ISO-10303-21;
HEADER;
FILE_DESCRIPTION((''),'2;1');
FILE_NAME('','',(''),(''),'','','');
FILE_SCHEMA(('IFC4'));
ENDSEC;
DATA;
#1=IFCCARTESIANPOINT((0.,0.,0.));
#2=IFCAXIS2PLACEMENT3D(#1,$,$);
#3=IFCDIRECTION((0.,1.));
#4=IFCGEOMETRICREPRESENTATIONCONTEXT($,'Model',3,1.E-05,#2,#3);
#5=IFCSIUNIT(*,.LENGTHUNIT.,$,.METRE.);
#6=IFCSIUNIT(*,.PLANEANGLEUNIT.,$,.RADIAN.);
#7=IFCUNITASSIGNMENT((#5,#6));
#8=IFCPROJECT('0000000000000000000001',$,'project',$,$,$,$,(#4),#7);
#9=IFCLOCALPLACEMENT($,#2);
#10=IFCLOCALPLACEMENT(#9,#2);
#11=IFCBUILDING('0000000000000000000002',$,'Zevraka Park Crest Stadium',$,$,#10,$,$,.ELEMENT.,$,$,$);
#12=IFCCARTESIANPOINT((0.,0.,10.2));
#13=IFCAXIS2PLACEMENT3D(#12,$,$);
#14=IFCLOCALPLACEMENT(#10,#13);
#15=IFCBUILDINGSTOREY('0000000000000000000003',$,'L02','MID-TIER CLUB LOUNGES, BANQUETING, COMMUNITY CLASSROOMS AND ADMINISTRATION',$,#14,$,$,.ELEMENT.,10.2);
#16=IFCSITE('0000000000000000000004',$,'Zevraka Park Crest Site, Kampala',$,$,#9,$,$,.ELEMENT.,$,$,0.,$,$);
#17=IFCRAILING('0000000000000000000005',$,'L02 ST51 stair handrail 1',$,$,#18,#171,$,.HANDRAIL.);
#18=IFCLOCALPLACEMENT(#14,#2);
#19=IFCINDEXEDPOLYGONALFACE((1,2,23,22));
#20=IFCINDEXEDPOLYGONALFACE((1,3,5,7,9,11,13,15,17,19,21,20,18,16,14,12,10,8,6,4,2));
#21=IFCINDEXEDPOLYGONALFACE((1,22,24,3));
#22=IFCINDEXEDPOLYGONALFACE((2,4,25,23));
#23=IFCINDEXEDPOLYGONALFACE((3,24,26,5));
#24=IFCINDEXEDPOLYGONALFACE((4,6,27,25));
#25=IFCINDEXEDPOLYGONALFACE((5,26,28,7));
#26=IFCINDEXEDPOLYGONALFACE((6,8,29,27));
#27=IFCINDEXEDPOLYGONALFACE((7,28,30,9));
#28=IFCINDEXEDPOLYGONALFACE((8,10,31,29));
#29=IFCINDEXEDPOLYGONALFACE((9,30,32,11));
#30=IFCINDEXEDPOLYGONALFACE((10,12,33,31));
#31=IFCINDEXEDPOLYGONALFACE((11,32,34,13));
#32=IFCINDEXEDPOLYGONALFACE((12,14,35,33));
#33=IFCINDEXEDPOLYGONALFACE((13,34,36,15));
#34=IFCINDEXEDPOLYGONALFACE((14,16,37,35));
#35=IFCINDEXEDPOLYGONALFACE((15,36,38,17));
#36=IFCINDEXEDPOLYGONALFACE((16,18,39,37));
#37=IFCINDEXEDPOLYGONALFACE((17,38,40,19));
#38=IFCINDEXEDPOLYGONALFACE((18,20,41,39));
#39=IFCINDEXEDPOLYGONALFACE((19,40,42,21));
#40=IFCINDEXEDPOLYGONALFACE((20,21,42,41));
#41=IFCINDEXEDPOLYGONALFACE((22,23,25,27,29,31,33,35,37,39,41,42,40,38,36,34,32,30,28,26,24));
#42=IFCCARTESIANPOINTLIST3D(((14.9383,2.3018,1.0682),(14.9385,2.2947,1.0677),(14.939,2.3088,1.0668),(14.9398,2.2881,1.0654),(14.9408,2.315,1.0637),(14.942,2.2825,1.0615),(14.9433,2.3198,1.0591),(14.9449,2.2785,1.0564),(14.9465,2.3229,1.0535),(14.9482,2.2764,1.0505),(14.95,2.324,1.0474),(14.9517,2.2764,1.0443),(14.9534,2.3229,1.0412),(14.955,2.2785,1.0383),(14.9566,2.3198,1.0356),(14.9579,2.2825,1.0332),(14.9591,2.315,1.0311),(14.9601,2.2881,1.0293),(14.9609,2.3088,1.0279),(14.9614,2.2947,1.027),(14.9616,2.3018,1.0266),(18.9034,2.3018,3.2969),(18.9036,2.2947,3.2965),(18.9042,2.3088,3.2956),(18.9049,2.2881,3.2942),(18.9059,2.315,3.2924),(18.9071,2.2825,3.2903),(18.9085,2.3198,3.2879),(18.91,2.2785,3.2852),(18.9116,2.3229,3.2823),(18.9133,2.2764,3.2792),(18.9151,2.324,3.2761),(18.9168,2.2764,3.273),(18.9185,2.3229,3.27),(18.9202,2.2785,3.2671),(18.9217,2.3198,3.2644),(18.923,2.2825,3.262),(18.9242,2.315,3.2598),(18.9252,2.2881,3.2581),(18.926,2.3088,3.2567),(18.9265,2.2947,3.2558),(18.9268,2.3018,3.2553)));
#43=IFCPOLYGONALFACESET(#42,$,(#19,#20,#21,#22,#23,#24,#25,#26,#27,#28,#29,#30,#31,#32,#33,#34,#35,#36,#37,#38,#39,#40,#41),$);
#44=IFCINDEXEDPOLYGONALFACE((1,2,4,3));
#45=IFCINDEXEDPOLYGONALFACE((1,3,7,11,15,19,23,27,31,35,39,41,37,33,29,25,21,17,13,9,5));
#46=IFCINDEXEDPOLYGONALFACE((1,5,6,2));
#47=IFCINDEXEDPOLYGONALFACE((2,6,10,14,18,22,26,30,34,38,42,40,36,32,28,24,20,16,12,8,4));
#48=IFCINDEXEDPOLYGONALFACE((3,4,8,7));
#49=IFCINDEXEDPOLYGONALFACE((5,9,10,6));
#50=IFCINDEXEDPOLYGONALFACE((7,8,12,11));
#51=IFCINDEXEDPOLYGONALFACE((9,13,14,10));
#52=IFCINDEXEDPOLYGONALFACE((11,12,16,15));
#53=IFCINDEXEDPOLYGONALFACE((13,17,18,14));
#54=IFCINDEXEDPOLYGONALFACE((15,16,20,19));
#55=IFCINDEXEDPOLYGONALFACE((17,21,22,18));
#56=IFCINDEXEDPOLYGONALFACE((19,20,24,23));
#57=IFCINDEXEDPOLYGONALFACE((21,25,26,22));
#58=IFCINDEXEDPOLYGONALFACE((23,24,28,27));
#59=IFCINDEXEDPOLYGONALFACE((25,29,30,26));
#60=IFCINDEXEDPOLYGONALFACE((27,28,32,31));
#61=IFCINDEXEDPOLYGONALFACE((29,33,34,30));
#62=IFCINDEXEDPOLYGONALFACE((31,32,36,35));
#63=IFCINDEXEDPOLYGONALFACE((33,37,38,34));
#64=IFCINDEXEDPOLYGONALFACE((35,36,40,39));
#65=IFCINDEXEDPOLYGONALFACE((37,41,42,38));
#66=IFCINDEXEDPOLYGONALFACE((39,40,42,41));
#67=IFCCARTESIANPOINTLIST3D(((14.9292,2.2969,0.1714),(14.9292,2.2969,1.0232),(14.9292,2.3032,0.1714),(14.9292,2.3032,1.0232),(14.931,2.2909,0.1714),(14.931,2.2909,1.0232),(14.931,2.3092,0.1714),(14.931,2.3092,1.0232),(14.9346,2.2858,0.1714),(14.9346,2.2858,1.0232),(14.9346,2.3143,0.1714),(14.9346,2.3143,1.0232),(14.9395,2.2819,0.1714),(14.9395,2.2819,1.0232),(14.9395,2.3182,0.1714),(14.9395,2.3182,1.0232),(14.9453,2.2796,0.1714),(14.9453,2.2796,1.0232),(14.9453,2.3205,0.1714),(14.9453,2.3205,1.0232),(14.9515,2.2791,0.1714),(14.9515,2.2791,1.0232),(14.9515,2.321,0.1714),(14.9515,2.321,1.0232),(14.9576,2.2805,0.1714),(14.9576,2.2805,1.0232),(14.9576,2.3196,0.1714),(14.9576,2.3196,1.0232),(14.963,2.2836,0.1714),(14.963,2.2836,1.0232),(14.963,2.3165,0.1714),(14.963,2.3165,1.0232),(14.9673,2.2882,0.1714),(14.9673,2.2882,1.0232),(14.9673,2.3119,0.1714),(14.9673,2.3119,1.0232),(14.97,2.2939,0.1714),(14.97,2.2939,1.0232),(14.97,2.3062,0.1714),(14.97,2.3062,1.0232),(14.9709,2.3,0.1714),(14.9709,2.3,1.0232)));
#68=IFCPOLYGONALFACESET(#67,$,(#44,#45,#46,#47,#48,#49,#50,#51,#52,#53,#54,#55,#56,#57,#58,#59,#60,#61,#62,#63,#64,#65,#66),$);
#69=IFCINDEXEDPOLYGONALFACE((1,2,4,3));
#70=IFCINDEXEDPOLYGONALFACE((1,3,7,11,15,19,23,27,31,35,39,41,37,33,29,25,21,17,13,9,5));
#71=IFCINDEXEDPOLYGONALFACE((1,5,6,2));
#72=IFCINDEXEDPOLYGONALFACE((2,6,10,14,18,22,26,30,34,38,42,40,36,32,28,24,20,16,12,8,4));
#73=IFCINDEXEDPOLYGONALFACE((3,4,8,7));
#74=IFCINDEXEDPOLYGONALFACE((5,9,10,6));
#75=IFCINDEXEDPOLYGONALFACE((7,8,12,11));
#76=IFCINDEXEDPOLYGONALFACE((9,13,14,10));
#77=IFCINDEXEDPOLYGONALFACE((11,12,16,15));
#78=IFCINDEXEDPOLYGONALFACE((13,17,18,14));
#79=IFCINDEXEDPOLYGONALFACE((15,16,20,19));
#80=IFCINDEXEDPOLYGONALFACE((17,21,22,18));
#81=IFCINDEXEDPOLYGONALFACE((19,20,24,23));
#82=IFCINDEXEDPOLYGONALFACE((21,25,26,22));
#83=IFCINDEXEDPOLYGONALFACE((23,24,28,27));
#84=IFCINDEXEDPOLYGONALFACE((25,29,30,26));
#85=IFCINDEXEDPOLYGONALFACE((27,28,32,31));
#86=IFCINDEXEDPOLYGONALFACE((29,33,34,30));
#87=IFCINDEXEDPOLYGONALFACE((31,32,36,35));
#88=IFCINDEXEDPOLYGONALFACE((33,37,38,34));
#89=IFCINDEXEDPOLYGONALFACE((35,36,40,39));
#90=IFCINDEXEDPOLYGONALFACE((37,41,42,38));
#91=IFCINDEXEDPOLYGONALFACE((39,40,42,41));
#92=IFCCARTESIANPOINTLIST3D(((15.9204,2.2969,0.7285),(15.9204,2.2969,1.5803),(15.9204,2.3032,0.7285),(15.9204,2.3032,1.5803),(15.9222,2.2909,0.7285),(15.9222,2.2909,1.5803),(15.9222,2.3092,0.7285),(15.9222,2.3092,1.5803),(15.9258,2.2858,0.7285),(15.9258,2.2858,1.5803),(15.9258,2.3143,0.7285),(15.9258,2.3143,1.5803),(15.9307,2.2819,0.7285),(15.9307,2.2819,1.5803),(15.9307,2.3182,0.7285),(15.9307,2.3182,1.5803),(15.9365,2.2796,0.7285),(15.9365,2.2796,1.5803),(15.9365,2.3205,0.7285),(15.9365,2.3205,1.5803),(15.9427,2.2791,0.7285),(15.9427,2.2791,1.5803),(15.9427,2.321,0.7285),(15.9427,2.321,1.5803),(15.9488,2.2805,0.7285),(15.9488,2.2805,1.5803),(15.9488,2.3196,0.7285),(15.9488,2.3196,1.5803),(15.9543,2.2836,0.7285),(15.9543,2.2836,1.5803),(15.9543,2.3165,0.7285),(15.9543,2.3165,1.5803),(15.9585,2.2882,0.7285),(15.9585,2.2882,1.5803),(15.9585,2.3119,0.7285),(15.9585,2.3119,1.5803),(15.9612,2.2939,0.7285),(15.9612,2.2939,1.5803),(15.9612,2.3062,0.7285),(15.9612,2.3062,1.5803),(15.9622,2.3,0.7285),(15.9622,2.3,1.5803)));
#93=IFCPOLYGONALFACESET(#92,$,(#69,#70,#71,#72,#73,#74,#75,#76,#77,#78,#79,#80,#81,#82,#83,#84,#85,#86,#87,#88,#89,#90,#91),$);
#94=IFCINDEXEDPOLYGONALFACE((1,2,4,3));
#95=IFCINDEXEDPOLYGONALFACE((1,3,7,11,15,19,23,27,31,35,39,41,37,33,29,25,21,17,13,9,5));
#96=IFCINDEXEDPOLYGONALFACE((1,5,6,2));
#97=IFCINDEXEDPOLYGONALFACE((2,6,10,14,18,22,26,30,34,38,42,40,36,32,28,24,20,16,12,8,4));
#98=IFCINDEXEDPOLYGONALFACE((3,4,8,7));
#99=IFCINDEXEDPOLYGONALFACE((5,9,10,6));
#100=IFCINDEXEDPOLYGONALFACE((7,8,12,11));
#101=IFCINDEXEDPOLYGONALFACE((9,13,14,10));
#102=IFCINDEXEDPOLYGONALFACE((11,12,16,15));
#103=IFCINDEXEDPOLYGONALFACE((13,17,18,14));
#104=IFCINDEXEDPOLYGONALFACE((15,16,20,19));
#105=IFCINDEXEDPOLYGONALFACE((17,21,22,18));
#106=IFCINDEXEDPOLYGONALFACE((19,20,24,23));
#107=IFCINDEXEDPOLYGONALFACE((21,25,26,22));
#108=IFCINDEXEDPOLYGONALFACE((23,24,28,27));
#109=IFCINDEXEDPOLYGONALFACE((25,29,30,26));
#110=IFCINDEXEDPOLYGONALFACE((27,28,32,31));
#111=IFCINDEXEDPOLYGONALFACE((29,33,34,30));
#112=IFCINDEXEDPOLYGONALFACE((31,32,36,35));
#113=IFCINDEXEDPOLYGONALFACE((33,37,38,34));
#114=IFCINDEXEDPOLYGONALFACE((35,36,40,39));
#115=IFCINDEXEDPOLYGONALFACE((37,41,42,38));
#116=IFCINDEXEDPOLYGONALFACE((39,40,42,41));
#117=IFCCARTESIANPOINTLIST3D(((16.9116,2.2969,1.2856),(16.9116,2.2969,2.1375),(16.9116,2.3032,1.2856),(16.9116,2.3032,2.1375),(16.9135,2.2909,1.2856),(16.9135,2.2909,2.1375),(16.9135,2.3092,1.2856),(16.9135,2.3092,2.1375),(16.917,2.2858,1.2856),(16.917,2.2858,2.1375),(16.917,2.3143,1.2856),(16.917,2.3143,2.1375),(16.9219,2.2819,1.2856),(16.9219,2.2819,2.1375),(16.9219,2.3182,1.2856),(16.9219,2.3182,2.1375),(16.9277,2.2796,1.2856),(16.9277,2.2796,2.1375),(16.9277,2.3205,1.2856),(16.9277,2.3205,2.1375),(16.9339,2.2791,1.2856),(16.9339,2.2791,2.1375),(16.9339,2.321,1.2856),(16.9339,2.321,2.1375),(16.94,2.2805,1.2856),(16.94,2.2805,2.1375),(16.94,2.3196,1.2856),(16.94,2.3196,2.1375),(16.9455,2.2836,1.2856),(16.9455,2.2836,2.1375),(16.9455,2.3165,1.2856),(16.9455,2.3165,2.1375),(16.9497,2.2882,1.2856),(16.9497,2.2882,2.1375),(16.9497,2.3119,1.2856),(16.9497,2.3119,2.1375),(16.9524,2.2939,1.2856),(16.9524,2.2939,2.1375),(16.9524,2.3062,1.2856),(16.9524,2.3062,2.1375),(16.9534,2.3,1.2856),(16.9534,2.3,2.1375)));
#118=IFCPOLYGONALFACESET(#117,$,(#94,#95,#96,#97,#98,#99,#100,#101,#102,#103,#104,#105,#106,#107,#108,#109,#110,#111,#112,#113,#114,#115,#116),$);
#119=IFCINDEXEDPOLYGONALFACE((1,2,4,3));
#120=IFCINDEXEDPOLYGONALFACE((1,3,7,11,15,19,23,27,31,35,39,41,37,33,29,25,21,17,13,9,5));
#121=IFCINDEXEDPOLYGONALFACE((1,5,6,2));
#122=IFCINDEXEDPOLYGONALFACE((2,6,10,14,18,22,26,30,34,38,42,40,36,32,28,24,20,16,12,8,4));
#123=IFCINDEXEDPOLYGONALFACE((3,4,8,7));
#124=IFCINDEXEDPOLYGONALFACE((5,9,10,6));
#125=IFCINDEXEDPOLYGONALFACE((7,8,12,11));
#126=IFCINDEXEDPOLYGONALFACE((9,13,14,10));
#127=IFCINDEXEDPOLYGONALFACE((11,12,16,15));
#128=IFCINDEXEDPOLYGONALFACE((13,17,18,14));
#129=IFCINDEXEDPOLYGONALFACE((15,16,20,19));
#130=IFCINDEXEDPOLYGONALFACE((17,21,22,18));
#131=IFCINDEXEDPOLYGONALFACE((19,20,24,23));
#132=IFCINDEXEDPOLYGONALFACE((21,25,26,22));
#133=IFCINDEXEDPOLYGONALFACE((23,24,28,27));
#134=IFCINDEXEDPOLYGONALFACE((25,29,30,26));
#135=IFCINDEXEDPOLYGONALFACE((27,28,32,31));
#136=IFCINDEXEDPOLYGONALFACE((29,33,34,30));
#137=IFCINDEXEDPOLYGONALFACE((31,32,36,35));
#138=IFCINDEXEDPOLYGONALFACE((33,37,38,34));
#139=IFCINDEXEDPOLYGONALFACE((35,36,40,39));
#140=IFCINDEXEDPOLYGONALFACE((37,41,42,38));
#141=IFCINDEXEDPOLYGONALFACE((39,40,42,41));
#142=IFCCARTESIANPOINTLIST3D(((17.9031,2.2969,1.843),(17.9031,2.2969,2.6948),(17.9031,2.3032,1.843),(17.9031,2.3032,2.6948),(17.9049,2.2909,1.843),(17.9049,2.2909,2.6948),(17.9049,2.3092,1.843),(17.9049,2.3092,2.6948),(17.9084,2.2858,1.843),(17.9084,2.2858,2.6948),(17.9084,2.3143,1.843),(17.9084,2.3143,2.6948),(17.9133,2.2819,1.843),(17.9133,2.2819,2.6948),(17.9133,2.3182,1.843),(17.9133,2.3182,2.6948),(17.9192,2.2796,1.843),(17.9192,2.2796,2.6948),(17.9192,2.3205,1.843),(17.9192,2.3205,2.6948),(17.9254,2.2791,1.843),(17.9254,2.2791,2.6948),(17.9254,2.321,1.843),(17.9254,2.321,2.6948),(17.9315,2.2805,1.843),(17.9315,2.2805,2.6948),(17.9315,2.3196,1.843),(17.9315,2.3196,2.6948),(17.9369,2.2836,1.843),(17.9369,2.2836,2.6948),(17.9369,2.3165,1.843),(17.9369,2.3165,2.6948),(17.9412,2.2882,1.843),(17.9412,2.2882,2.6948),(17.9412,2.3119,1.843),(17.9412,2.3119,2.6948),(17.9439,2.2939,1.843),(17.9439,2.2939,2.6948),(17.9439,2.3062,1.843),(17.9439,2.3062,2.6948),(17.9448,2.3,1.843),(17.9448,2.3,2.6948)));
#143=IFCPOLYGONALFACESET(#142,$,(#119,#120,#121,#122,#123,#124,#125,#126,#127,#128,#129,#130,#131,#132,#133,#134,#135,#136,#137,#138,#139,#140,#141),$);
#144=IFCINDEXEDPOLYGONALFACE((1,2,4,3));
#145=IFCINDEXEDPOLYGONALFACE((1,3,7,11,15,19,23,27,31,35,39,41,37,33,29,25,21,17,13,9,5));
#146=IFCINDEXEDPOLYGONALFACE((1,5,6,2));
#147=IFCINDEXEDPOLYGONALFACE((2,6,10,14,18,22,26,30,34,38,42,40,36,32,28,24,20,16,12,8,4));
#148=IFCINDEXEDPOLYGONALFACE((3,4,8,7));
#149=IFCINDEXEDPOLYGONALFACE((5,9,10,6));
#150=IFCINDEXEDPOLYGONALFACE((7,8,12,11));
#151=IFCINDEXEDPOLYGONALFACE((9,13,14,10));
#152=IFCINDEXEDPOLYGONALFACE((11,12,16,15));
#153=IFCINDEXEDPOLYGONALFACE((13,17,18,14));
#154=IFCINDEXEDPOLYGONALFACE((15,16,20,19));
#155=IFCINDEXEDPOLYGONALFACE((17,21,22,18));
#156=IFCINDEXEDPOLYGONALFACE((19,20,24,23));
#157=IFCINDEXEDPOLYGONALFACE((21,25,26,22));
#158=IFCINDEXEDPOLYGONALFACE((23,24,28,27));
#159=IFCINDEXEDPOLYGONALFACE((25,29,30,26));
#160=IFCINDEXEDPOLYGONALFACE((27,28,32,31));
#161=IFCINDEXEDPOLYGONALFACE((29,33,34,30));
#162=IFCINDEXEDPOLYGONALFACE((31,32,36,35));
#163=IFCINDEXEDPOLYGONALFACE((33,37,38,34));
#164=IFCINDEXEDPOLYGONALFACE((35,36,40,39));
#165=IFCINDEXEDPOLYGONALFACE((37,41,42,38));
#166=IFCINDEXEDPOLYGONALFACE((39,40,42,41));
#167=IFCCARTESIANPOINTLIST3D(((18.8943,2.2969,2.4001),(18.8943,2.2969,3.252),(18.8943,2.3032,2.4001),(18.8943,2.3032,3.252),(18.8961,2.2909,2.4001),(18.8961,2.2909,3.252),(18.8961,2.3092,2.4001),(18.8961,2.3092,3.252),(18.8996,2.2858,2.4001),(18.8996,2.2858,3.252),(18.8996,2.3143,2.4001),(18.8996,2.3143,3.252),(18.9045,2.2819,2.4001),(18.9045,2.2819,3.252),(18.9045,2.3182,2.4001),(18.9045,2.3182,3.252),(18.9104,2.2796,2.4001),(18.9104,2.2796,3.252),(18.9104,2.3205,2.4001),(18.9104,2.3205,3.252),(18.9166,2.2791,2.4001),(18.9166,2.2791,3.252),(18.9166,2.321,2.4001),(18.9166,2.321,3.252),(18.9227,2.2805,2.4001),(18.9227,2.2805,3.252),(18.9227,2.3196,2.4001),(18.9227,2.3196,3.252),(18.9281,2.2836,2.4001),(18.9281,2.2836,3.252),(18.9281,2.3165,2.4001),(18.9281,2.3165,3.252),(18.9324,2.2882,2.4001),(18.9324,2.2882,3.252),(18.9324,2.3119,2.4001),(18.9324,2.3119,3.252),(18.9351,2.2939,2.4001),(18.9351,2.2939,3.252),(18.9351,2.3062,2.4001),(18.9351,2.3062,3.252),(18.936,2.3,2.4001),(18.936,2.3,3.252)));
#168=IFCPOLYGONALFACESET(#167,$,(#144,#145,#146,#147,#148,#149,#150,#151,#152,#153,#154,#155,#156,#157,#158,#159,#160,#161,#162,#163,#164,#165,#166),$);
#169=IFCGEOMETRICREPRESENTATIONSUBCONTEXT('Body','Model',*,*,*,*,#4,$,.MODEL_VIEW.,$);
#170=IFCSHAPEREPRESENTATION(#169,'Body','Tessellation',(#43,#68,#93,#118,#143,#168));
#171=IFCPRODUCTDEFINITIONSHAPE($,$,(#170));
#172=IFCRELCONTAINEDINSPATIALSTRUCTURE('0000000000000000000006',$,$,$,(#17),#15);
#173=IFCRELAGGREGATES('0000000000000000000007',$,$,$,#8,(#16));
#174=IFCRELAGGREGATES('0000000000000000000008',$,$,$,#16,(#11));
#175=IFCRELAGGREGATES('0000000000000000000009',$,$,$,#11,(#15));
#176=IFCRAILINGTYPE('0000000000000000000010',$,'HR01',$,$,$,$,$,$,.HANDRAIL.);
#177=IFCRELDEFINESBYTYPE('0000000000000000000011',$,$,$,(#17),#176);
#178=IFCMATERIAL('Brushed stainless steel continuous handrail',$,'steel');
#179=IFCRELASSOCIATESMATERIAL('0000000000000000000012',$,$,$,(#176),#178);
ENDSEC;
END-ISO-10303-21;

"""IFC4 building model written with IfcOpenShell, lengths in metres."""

from ifc_helpers import new_model, si_unit, direction, frame, origin, origin_2d, place, context, subcontext, project, spatial, circle, extrude, material, type_object, element, save


model = new_model("IFC4")

# Units and contexts
model_context = context("Model", 3, precision=1e-05, world=origin(), true_north=direction((0.0, 1.0)))
body_context = subcontext(model_context, "Body", "Model", "MODEL_VIEW")
ifc_project = project(units=[si_unit("LENGTHUNIT", "METRE"), si_unit("PLANEANGLEUNIT", "RADIAN")], contexts=[model_context])

# Site, building, storey
site_placement = place(None, origin())
site = spatial("IfcSite", under=ifc_project, at=site_placement, Name="Zevraka Park Crest Site, Kampala", CompositionType="ELEMENT", RefElevation=0.0)
building_placement = place(site_placement, origin())
building = spatial("IfcBuilding", under=site, at=building_placement, Name="Zevraka Park Crest Stadium", CompositionType="ELEMENT")
storey_placement = place(building_placement, frame((0.0, 0.0, 10.2)))
storey = spatial("IfcBuildingStorey", under=building, at=storey_placement, Name="L02", Description="MID-TIER CLUB LOUNGES, BANQUETING, COMMUNITY CLASSROOMS AND ADMINISTRATION", CompositionType="ELEMENT", Elevation=10.2)

# Railing
ifc_material_1 = material(Name="Brushed stainless steel continuous handrail", Category="steel")
railing_type_1 = type_object("IfcRailingType", Name="HR01", PredefinedType="HANDRAIL", material=ifc_material_1)
railing_1_placement = place(storey_placement, frame((14.95, 2.3, 0.1714)))
element("IfcRailing", 1, at=railing_1_placement, inside=storey, type_object=railing_type_1, Name="L02 ST51 stair handrail 1", PredefinedType="HANDRAIL", context=body_context, shape_type="SweptSolid", body=[
    extrude(circle(Radius=0.0239, at=origin_2d()), frame((0.0, 0.0, 0.876), z_axis=(0.871726, 0.0, 0.489994), x_axis=(0.0, 1.0, 0.0)), (0.0, 0.0, 1.0), 4.5486),
    extrude(circle(Radius=0.021, at=origin_2d()), origin(), (0.0, 0.0, 1.0), 0.8518),
    extrude(circle(Radius=0.021, at=origin_2d()), frame((0.9912, 0.0, 0.5571)), (0.0, 0.0, 1.0), 0.8518),
    extrude(circle(Radius=0.021, at=origin_2d()), frame((1.9824, 0.0, 1.1143)), (0.0, 0.0, 1.0), 0.8518),
    extrude(circle(Radius=0.021, at=origin_2d()), frame((2.9739, 0.0, 1.6716)), (0.0, 0.0, 1.0), 0.8518),
    extrude(circle(Radius=0.021, at=origin_2d()), frame((3.9651, 0.0, 2.2288)), (0.0, 0.0, 1.0), 0.8518),
])

save(model, "model.ifc")
